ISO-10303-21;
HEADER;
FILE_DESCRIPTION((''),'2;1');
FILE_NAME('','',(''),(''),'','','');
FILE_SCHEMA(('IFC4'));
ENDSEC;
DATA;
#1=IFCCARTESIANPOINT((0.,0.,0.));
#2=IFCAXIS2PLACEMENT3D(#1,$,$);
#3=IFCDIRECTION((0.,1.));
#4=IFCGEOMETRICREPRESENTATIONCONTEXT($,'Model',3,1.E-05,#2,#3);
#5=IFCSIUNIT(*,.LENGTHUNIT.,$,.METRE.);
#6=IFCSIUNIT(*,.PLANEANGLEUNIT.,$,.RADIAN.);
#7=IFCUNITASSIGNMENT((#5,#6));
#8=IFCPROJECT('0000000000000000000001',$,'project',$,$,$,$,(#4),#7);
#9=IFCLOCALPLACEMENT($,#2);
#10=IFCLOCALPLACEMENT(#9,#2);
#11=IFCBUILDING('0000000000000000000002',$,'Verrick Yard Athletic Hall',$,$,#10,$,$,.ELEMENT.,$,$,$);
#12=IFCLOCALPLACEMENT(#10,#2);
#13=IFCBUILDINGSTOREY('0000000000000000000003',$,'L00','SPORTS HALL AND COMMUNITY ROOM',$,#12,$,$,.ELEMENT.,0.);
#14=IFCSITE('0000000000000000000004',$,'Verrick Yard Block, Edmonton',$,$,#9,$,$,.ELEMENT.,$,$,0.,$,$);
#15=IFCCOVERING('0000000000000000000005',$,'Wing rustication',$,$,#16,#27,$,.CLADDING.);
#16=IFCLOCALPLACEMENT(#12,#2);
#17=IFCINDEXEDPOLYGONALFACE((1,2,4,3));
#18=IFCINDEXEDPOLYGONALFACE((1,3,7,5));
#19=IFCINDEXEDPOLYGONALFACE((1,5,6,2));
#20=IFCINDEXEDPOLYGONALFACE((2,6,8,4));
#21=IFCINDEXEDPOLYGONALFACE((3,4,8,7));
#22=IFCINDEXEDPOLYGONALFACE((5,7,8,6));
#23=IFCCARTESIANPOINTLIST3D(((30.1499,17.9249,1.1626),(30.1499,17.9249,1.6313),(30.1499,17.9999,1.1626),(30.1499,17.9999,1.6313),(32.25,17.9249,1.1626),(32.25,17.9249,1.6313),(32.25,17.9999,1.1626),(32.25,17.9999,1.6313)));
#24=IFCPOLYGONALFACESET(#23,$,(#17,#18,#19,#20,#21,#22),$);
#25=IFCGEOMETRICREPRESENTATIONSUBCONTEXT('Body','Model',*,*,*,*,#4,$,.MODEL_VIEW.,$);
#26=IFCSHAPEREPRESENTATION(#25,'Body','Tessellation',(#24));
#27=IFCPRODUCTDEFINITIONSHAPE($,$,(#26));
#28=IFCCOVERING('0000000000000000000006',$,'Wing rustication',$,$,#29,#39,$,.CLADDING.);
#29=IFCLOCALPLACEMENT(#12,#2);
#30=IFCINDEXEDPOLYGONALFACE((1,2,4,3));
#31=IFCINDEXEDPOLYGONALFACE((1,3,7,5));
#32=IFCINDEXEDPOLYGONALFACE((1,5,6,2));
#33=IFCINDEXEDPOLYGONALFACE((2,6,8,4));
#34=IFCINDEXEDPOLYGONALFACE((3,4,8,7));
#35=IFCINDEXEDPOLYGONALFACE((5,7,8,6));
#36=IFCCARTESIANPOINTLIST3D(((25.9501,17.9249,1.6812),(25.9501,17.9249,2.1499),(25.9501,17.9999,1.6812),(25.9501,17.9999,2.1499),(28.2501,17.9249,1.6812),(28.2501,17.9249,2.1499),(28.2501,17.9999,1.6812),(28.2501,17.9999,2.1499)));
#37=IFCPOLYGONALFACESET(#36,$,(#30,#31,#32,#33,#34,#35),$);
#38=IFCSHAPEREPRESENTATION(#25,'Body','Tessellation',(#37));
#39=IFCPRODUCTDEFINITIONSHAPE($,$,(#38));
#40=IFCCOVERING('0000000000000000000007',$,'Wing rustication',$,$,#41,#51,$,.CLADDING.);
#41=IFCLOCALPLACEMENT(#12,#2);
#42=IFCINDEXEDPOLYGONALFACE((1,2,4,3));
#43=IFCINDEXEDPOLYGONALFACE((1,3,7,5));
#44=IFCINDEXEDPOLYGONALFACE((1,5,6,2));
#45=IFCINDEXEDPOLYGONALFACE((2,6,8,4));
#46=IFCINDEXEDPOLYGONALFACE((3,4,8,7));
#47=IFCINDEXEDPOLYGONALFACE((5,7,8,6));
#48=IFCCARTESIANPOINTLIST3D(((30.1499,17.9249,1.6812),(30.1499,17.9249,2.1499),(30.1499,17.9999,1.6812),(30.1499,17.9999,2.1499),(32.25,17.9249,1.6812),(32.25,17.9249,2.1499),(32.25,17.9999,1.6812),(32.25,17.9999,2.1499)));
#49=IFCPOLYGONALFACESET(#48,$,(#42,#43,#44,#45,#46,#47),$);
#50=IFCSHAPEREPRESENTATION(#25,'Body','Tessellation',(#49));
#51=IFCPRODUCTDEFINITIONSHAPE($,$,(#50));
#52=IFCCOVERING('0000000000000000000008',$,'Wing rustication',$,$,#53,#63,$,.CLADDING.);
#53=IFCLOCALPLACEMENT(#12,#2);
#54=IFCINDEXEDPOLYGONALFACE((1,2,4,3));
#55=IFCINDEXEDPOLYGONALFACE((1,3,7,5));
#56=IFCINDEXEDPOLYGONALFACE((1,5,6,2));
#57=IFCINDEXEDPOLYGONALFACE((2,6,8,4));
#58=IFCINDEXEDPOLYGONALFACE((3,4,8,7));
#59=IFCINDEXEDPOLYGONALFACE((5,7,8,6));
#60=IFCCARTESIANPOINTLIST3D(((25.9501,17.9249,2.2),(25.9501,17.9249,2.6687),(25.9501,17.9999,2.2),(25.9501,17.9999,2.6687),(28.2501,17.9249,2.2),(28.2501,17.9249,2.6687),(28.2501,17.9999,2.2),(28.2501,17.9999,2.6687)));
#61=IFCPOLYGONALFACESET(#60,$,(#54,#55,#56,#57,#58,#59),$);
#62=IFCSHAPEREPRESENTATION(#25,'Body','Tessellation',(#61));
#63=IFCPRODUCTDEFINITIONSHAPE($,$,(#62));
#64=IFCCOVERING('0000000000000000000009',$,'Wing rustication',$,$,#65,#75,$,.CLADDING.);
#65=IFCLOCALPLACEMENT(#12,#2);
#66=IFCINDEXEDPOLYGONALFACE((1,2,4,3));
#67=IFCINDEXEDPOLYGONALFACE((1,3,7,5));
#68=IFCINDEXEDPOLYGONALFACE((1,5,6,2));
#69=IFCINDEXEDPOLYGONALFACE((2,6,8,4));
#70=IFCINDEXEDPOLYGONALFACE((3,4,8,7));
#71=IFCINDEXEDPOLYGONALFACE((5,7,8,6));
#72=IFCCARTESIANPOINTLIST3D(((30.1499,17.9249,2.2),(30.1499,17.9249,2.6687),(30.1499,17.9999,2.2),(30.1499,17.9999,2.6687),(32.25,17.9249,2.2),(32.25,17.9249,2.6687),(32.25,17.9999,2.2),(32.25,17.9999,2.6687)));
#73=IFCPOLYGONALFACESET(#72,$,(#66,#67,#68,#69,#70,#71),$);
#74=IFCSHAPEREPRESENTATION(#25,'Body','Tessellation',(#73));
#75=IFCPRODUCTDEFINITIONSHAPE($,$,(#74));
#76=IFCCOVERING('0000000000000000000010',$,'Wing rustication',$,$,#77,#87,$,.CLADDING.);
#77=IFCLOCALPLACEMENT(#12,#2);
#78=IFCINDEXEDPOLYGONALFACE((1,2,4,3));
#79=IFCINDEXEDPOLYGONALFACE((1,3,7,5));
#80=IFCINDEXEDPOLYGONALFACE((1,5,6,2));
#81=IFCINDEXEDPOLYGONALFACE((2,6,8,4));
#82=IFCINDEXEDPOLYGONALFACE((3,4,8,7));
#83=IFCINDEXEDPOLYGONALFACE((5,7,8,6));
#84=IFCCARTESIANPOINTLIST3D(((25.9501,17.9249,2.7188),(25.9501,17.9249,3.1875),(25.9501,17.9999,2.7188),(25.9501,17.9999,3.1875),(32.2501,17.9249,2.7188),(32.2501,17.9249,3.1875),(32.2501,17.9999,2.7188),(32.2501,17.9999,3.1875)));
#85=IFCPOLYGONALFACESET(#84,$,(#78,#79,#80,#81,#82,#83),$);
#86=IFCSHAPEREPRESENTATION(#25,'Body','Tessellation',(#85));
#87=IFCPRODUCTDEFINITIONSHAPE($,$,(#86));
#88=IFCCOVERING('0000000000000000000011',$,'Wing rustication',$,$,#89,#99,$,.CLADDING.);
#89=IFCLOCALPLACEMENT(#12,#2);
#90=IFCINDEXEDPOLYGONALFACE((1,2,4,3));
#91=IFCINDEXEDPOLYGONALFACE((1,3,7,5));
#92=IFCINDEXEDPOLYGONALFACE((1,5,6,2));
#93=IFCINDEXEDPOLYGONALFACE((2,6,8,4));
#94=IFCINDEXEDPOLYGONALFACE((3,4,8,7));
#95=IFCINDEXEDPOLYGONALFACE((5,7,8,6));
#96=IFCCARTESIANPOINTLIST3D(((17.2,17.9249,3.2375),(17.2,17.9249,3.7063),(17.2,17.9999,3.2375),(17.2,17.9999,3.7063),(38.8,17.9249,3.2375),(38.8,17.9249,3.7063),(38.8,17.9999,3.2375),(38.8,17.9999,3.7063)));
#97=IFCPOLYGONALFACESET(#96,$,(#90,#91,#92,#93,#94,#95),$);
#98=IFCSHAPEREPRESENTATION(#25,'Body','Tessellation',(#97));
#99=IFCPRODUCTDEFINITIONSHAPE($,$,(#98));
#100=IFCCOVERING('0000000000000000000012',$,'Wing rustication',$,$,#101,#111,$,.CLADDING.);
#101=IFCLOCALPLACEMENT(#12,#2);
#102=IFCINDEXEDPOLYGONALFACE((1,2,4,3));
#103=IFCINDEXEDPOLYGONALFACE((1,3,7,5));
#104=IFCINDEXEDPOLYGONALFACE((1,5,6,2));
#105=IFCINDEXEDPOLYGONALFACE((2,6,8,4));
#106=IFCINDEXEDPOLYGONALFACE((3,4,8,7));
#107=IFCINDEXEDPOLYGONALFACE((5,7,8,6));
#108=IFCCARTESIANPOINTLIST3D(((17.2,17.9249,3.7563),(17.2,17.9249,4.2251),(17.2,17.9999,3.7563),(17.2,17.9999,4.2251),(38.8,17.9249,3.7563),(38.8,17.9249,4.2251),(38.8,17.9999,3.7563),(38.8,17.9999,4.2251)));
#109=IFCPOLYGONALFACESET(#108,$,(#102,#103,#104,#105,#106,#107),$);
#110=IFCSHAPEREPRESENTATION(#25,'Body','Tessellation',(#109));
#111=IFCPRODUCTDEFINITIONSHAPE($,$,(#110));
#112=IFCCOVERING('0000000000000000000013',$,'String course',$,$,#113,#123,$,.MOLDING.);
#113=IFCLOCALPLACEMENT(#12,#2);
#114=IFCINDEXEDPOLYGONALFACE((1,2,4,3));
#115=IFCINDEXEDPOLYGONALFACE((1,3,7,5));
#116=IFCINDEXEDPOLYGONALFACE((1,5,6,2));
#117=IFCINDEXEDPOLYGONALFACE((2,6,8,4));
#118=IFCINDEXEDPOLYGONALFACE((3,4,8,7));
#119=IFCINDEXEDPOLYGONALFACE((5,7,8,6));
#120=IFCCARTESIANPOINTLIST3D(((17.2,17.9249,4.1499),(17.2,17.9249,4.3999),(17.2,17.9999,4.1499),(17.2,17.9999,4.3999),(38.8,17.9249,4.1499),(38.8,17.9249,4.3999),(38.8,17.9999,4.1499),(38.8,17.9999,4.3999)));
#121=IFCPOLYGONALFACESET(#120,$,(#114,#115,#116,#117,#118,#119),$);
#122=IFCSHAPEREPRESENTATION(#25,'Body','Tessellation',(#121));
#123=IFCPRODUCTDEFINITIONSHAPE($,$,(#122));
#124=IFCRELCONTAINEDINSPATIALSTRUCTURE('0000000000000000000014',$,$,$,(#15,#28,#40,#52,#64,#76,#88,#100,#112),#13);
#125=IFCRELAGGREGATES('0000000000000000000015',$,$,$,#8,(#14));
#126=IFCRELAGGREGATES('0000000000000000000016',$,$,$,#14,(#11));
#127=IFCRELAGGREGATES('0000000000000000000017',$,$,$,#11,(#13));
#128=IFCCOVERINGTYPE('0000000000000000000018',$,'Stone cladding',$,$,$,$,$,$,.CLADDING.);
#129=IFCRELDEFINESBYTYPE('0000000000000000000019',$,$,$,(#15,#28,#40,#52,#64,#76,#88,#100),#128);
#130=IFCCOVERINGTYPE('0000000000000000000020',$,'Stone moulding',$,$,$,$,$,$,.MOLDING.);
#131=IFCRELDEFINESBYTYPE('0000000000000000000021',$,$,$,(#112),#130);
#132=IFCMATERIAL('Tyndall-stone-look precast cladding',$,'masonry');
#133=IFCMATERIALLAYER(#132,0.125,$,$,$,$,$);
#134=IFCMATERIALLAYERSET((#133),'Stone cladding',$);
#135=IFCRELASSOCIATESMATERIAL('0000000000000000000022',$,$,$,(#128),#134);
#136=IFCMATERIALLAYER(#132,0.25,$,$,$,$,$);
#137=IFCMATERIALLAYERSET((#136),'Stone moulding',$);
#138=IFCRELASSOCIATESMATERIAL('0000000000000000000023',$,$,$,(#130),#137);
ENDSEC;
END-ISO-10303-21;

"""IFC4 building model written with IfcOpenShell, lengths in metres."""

from ifc_helpers import new_model, si_unit, direction, frame, origin, origin_2d, place, context, subcontext, project, spatial, rectangle, extrude, material, layer, layer_set, type_object, element, save


model = new_model("IFC4")

# Units and contexts
model_context = context("Model", 3, precision=1e-05, world=origin(), true_north=direction((0.0, 1.0)))
body_context = subcontext(model_context, "Body", "Model", "MODEL_VIEW")
ifc_project = project(units=[si_unit("LENGTHUNIT", "METRE"), si_unit("PLANEANGLEUNIT", "RADIAN")], contexts=[model_context])

# Site, building, storey
site_placement = place(None, origin())
site = spatial("IfcSite", under=ifc_project, at=site_placement, Name="Verrick Yard Block, Edmonton", CompositionType="ELEMENT", RefElevation=0.0)
building_placement = place(site_placement, origin())
building = spatial("IfcBuilding", under=site, at=building_placement, Name="Verrick Yard Athletic Hall", CompositionType="ELEMENT")
storey_placement = place(building_placement, origin())
storey = spatial("IfcBuildingStorey", under=building, at=storey_placement, Name="L00", Description="SPORTS HALL AND COMMUNITY ROOM", CompositionType="ELEMENT", Elevation=0.0)

# Coverings
ifc_material_1 = material(Name="Tyndall-stone-look precast cladding", Category="masonry")
ifc_layer_1 = layer(ifc_material_1, 0.125)
ifc_layer_set_1 = layer_set([ifc_layer_1], Name="Stone cladding")
covering_type_1 = type_object("IfcCoveringType", Name="Stone cladding", PredefinedType="CLADDING", material=ifc_layer_set_1)
covering_1_placement = place(storey_placement, frame((31.2, 17.9624, 1.1626), z_axis=(0.0, 0.0, 1.0), x_axis=(1.0, 0.0, 0.0)))
element("IfcCovering", 1, at=covering_1_placement, inside=storey, type_object=covering_type_1, Name="Wing rustication", PredefinedType="CLADDING", context=body_context, shape_type="SweptSolid", body=[
    extrude(rectangle(XDim=2.1001, YDim=0.075, at=origin_2d()), origin(), (0.0, 0.0, 1.0), 0.4688),
])
covering_2_placement = place(storey_placement, frame((27.1001, 17.9624, 1.6812), z_axis=(0.0, 0.0, 1.0), x_axis=(1.0, 0.0, 0.0)))
element("IfcCovering", 2, at=covering_2_placement, inside=storey, type_object=covering_type_1, Name="Wing rustication", PredefinedType="CLADDING", context=body_context, shape_type="SweptSolid", body=[
    extrude(rectangle(XDim=2.3, YDim=0.075, at=origin_2d()), origin(), (0.0, 0.0, 1.0), 0.4688),
])
covering_3_placement = place(storey_placement, frame((31.2, 17.9624, 1.6812), z_axis=(0.0, 0.0, 1.0), x_axis=(1.0, 0.0, 0.0)))
element("IfcCovering", 3, at=covering_3_placement, inside=storey, type_object=covering_type_1, Name="Wing rustication", PredefinedType="CLADDING", context=body_context, shape_type="SweptSolid", body=[
    extrude(rectangle(XDim=2.1001, YDim=0.075, at=origin_2d()), origin(), (0.0, 0.0, 1.0), 0.4688),
])
covering_4_placement = place(storey_placement, frame((27.1001, 17.9624, 2.2), z_axis=(0.0, 0.0, 1.0), x_axis=(1.0, 0.0, 0.0)))
element("IfcCovering", 4, at=covering_4_placement, inside=storey, type_object=covering_type_1, Name="Wing rustication", PredefinedType="CLADDING", context=body_context, shape_type="SweptSolid", body=[
    extrude(rectangle(XDim=2.3, YDim=0.075, at=origin_2d()), origin(), (0.0, 0.0, 1.0), 0.4688),
])
covering_5_placement = place(storey_placement, frame((31.2, 17.9624, 2.2), z_axis=(0.0, 0.0, 1.0), x_axis=(1.0, 0.0, 0.0)))
element("IfcCovering", 5, at=covering_5_placement, inside=storey, type_object=covering_type_1, Name="Wing rustication", PredefinedType="CLADDING", context=body_context, shape_type="SweptSolid", body=[
    extrude(rectangle(XDim=2.1001, YDim=0.075, at=origin_2d()), origin(), (0.0, 0.0, 1.0), 0.4688),
])
covering_6_placement = place(storey_placement, frame((29.1001, 17.9624, 2.7188), z_axis=(0.0, 0.0, 1.0), x_axis=(1.0, 0.0, 0.0)))
element("IfcCovering", 6, at=covering_6_placement, inside=storey, type_object=covering_type_1, Name="Wing rustication", PredefinedType="CLADDING", context=body_context, shape_type="SweptSolid", body=[
    extrude(rectangle(XDim=6.3, YDim=0.075, at=origin_2d()), origin(), (0.0, 0.0, 1.0), 0.4688),
])
for number, where, z_axis, x_axis, name in (
    (7, (28.0, 17.9624, 3.2375), (0.0, 0.0, 1.0), (1.0, 0.0, 0.0), "Wing rustication"),
    (8, (28.0, 17.9624, 3.7563), (0.0, 0.0, 1.0), (1.0, 0.0, 0.0), "Wing rustication"),
):
    element("IfcCovering", number, at=place(storey_placement, frame(where, z_axis=z_axis, x_axis=x_axis)), inside=storey, type_object=covering_type_1, Name=name, PredefinedType="CLADDING", context=body_context, shape_type="SweptSolid", body=[
        extrude(rectangle(XDim=21.6001, YDim=0.075, at=origin_2d()), origin(), (0.0, 0.0, 1.0), 0.4688),
    ])
ifc_layer_2 = layer(ifc_material_1, 0.25)
ifc_layer_set_2 = layer_set([ifc_layer_2], Name="Stone moulding")
covering_type_2 = type_object("IfcCoveringType", Name="Stone moulding", PredefinedType="MOLDING", material=ifc_layer_set_2)
covering_7_placement = place(storey_placement, frame((28.0, 17.9624, 4.1499), z_axis=(0.0, 0.0, 1.0), x_axis=(1.0, 0.0, 0.0)))
element("IfcCovering", 9, at=covering_7_placement, inside=storey, type_object=covering_type_2, Name="String course", PredefinedType="MOLDING", context=body_context, shape_type="SweptSolid", body=[
    extrude(rectangle(XDim=21.6001, YDim=0.075, at=origin_2d()), origin(), (0.0, 0.0, 1.0), 0.25),
])

save(model, "model.ifc")
